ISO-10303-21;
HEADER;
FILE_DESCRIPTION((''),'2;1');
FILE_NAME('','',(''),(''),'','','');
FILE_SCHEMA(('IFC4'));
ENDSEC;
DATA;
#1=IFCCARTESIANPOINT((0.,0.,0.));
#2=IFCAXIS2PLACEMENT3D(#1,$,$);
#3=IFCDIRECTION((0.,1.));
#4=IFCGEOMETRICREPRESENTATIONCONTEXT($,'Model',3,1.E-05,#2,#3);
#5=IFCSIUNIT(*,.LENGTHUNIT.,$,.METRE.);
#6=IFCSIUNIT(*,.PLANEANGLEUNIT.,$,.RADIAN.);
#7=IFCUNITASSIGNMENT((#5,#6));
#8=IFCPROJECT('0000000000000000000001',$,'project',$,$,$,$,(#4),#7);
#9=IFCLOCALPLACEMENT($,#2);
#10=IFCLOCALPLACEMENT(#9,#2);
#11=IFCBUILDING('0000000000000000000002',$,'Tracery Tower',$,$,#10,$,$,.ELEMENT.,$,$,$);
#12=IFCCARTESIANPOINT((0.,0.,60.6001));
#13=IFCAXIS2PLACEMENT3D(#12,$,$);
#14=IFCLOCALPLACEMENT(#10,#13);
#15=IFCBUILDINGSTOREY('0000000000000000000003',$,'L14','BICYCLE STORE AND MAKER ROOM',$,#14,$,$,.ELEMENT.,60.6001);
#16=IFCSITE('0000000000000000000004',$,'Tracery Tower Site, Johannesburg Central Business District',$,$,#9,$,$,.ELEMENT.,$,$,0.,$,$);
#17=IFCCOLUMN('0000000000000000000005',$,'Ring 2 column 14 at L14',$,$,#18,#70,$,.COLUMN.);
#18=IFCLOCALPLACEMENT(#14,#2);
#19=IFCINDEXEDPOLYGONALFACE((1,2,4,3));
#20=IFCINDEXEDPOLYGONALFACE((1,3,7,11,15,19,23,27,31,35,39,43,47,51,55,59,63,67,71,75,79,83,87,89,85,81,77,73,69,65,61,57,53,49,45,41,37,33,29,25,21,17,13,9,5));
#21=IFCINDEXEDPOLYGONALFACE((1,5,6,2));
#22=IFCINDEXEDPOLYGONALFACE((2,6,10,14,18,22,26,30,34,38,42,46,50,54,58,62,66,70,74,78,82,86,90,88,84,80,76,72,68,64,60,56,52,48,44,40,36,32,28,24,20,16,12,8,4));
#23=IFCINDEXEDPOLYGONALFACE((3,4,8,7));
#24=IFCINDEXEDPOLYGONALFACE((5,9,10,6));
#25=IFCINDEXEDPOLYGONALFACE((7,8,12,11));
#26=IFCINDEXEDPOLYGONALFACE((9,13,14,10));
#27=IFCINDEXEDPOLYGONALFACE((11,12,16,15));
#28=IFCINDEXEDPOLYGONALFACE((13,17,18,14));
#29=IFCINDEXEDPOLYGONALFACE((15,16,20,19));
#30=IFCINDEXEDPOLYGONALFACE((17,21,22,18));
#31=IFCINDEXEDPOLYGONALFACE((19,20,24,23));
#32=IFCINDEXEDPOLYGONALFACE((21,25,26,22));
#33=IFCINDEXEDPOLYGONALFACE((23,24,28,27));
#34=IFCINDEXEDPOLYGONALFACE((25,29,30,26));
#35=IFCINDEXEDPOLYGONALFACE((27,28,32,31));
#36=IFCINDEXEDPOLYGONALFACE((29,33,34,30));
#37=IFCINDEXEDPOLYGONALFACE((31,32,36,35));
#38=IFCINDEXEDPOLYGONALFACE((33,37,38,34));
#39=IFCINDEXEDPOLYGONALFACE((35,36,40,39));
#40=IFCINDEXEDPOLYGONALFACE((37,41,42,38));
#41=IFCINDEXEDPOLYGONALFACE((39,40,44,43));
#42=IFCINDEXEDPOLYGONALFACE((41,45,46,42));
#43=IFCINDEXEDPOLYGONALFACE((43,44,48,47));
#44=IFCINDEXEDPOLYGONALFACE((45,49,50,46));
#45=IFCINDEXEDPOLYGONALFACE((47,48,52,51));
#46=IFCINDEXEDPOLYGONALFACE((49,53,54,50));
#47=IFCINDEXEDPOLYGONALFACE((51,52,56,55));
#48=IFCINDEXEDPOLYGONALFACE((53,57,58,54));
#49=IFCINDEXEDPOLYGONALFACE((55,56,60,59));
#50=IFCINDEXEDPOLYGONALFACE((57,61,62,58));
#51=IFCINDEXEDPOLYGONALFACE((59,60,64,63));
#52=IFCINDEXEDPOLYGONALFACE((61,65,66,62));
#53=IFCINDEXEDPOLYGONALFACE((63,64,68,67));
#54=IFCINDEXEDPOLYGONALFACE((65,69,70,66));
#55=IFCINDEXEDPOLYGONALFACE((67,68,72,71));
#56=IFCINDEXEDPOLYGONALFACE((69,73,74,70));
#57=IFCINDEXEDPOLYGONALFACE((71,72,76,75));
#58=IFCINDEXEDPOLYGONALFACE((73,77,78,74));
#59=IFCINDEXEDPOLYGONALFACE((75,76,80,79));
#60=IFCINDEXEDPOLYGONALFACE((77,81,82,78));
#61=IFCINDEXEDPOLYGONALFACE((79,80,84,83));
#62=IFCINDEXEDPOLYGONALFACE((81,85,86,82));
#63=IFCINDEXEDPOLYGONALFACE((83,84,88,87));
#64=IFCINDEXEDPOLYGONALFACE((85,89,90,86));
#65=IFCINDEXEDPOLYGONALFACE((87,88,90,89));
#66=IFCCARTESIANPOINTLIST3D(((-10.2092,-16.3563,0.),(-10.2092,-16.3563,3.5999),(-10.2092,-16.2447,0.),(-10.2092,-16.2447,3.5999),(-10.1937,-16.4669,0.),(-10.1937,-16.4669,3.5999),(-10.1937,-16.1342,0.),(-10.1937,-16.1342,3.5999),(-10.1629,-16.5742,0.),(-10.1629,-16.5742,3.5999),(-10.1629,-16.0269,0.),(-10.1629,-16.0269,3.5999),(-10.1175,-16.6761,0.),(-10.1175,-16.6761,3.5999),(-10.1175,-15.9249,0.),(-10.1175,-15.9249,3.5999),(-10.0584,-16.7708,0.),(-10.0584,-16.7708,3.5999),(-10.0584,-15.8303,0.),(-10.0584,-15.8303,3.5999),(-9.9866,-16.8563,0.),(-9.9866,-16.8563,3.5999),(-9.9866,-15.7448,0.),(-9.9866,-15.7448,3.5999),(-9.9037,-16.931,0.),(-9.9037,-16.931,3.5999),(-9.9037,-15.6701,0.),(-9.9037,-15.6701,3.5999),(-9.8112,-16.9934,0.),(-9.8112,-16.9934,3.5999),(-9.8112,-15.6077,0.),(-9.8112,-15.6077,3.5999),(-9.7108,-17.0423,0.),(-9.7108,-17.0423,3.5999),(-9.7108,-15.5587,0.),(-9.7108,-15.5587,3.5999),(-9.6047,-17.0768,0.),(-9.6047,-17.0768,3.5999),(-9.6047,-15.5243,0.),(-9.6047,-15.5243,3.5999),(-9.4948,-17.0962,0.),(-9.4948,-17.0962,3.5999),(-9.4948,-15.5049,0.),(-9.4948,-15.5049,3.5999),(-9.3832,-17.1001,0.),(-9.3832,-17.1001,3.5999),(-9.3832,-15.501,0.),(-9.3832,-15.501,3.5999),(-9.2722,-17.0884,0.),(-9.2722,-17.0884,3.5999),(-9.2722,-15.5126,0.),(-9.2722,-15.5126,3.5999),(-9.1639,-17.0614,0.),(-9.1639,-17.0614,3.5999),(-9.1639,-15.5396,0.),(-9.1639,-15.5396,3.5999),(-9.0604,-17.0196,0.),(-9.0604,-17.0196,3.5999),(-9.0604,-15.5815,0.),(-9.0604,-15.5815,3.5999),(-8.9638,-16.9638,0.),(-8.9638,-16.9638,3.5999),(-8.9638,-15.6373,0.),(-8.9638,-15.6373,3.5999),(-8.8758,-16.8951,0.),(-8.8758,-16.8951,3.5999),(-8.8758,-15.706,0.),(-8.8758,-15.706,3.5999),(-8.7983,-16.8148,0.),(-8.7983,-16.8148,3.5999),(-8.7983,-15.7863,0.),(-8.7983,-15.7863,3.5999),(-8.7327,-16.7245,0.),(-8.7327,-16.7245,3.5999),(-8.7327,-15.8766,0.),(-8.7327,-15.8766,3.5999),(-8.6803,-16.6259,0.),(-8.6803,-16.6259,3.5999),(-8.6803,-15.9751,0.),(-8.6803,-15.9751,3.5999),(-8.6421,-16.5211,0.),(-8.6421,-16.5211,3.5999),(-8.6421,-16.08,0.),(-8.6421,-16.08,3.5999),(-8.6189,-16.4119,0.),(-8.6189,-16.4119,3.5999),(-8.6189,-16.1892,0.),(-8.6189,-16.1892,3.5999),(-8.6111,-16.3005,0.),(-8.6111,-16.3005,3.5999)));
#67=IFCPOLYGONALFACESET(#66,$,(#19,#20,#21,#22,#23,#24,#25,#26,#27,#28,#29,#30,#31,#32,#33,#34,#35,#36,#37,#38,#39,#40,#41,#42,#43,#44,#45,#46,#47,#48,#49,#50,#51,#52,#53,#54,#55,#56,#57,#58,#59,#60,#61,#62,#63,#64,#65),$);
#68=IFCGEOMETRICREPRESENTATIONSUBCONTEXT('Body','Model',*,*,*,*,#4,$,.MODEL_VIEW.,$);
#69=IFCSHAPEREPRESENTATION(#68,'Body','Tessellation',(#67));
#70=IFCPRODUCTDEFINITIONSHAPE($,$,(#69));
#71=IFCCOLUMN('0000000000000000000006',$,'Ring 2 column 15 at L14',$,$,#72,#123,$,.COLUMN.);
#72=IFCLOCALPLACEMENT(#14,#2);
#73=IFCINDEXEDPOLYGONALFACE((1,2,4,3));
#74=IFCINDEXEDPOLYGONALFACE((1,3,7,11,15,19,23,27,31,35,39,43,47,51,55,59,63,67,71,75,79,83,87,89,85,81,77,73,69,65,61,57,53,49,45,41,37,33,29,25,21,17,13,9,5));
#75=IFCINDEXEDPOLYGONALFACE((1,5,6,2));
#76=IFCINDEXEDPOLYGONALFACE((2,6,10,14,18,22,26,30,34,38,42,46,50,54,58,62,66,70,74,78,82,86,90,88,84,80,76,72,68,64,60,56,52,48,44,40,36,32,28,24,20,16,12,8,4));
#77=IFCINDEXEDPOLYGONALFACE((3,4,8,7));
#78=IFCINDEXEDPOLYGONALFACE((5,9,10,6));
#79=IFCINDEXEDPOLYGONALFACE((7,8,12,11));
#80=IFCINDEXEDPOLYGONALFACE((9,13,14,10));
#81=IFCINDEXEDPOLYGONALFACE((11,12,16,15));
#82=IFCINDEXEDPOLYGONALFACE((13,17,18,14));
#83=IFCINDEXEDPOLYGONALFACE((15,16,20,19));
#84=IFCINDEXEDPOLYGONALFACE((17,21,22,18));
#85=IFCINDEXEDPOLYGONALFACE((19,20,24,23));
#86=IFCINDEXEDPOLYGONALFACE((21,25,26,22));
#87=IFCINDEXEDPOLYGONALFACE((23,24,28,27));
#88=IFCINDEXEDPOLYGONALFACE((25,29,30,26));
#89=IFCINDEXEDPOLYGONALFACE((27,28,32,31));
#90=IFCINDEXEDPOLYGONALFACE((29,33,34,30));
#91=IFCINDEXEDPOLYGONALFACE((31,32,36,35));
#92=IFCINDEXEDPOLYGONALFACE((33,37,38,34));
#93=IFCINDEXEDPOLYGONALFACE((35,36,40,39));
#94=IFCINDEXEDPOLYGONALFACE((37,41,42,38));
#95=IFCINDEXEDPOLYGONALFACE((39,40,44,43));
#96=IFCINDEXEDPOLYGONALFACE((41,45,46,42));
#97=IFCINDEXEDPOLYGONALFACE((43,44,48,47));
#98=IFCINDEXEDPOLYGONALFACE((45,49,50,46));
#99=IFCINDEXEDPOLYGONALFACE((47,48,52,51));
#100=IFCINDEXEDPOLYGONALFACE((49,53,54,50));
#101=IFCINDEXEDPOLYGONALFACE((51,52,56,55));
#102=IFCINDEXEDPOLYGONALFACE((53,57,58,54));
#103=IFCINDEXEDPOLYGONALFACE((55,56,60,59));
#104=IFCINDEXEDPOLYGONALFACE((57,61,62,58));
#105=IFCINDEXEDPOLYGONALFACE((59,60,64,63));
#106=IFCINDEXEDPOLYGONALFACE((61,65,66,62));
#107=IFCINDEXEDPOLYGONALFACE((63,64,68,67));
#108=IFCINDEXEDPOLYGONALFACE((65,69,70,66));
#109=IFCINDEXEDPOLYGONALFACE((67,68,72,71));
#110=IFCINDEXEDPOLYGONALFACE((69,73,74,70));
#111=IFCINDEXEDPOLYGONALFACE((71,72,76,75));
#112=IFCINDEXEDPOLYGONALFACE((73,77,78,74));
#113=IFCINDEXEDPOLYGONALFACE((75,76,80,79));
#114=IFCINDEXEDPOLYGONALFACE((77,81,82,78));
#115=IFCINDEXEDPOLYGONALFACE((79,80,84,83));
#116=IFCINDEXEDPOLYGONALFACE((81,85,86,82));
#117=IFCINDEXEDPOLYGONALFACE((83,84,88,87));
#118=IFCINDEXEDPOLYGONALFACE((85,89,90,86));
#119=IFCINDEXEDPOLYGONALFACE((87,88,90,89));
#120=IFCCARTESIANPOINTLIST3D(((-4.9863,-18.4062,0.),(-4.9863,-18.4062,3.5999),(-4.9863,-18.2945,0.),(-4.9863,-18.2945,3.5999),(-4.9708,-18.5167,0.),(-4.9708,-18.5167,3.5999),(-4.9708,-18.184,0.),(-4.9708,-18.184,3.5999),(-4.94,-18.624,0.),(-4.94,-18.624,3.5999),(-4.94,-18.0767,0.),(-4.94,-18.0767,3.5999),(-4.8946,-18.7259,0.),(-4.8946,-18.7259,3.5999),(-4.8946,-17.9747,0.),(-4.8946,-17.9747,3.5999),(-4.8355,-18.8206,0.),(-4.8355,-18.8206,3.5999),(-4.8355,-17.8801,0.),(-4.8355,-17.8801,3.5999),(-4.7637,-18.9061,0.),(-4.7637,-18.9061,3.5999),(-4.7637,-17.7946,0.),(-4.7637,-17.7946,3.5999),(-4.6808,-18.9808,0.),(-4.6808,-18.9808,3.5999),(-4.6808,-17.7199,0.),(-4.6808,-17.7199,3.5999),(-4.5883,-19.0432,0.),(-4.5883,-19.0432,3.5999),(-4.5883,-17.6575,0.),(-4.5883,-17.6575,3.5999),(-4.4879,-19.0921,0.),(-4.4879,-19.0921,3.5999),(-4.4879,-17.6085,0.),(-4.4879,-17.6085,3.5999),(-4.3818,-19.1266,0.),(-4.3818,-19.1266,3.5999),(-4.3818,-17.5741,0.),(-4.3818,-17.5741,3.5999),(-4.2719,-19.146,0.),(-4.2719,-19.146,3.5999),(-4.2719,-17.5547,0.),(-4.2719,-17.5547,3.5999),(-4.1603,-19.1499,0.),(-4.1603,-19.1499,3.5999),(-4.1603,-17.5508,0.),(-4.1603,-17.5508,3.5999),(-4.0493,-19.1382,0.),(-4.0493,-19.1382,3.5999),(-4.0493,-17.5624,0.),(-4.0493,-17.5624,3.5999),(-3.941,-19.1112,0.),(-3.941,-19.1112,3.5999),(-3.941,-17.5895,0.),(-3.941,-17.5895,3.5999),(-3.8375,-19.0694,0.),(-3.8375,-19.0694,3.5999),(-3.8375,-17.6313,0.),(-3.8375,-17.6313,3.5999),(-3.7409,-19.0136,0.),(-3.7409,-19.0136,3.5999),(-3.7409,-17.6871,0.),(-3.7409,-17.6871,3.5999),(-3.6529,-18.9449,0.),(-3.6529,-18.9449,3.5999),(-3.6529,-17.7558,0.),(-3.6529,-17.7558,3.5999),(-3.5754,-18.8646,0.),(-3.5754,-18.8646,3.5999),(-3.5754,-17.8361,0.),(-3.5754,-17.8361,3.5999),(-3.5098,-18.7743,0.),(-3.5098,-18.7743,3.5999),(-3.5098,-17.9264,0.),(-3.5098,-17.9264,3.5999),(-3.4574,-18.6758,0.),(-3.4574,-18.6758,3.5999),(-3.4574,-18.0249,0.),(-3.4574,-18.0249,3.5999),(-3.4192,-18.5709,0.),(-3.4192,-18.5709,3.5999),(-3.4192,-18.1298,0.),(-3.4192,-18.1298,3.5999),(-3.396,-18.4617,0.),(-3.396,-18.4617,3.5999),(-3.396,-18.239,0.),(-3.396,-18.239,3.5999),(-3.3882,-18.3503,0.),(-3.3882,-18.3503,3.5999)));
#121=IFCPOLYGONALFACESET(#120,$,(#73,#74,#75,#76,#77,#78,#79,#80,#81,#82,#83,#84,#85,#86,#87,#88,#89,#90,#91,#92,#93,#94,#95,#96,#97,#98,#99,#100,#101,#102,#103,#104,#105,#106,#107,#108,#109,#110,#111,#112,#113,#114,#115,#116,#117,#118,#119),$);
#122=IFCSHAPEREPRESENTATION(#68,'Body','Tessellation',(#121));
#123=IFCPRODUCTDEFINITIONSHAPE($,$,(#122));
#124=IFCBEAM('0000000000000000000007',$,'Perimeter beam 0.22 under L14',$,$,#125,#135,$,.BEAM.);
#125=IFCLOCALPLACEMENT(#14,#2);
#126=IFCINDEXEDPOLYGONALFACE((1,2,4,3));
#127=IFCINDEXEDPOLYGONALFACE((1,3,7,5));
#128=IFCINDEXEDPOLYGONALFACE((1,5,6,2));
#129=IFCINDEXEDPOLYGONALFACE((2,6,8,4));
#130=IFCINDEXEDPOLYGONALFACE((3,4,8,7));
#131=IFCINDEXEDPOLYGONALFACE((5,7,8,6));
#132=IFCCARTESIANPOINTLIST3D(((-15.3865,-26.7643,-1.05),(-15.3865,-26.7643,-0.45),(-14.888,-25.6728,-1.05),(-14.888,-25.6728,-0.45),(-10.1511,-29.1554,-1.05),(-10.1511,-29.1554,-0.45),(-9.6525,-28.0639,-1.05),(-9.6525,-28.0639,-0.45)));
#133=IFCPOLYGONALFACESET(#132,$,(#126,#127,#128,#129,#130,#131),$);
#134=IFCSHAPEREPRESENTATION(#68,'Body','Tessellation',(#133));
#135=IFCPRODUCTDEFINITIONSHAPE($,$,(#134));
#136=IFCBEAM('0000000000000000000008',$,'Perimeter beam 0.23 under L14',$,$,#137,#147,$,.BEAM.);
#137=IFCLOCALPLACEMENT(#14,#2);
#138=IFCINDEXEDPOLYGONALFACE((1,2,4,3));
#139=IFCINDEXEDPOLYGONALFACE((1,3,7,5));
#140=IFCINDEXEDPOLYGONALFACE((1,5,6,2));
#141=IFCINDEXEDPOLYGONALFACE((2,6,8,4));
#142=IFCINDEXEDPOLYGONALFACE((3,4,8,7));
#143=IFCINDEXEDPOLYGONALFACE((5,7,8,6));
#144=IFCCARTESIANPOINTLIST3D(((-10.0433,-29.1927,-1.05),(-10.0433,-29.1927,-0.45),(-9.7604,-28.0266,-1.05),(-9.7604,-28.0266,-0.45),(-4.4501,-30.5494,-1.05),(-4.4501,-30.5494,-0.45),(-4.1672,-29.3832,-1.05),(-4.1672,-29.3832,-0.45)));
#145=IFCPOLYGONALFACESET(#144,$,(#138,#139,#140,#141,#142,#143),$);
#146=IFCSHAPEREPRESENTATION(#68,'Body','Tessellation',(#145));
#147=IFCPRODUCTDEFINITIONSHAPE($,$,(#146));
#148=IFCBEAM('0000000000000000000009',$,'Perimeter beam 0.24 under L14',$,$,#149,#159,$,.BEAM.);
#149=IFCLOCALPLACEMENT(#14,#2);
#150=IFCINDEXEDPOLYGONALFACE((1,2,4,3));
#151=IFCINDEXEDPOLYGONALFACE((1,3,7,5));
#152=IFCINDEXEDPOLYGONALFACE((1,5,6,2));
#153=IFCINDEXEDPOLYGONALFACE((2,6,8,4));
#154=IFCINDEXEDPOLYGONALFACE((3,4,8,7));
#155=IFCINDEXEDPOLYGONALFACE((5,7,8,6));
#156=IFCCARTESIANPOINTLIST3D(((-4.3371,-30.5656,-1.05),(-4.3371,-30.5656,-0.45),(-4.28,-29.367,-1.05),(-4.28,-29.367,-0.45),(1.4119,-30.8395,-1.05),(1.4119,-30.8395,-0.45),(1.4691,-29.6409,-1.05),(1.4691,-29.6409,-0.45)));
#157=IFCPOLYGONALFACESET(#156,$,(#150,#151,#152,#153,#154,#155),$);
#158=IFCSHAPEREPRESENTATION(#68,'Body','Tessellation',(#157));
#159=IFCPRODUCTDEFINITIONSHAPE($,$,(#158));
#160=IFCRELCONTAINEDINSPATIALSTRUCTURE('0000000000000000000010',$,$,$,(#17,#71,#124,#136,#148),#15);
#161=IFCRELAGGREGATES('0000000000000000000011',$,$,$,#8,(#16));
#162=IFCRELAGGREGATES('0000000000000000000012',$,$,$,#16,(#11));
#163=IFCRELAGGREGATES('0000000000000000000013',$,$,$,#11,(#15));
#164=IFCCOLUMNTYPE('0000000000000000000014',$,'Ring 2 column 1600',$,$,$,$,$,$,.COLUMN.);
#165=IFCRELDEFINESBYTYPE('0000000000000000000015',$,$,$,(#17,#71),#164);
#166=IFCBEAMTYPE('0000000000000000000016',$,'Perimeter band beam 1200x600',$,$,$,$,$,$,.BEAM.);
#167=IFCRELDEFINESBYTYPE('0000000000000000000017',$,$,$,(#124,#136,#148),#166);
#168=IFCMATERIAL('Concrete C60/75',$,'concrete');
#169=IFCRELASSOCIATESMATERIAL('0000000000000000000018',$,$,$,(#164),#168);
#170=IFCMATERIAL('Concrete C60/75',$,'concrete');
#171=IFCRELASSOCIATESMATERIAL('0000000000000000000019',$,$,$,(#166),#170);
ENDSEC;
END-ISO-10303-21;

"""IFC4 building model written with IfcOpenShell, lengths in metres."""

from ifc_helpers import new_model, si_unit, direction, frame, origin, origin_2d, place, context, subcontext, project, spatial, rectangle, circle, extrude, material, material_profile, profile_set, type_object, element, save


model = new_model("IFC4")

# Units and contexts
model_context = context("Model", 3, precision=1e-05, world=origin(), true_north=direction((0.0, 1.0)))
body_context = subcontext(model_context, "Body", "Model", "MODEL_VIEW")
ifc_project = project(units=[si_unit("LENGTHUNIT", "METRE"), si_unit("PLANEANGLEUNIT", "RADIAN")], contexts=[model_context])

# Site, building, storey
site_placement = place(None, origin())
site = spatial("IfcSite", under=ifc_project, at=site_placement, Name="Tracery Tower Site, Johannesburg Central Business District", CompositionType="ELEMENT", RefElevation=0.0)
building_placement = place(site_placement, origin())
building = spatial("IfcBuilding", under=site, at=building_placement, Name="Tracery Tower", CompositionType="ELEMENT")
storey_placement = place(building_placement, frame((0.0, 0.0, 60.6001)))
storey = spatial("IfcBuildingStorey", under=building, at=storey_placement, Name="L14", Description="BICYCLE STORE AND MAKER ROOM", CompositionType="ELEMENT", Elevation=60.6001)

# Columns
ifc_material_1 = material(Name="Concrete C60/75", Category="concrete")
ifc_material_profile_1 = material_profile(ifc_material_1, circle(Radius=0.8, at=origin_2d()), Name="RC D1600")
ifc_profile_set_1 = profile_set([ifc_material_profile_1], Name="Concrete C60/75")
column_type_1 = type_object("IfcColumnType", Name="Ring 2 column 1600", PredefinedType="COLUMN", material=ifc_profile_set_1)
for number, where, z_axis, x_axis, name in (
    (1, (-9.4111, -16.3005, 0.0), (0.0, 0.0, 1.0), (1.0, 0.0, 0.0), "Ring 2 column 14 at L14"),
    (2, (-4.1882, -18.3503, 0.0), (0.0, 0.0, 1.0), (1.0, 0.0, 0.0), "Ring 2 column 15 at L14"),
):
    element("IfcColumn", number, at=place(storey_placement, frame(where, z_axis=z_axis, x_axis=x_axis)), inside=storey, type_object=column_type_1, Name=name, PredefinedType="COLUMN", context=body_context, shape_type="SweptSolid", body=[
        extrude(circle(Radius=0.8, at=origin_2d()), origin(), (0.0, 0.0, 1.0), 3.5999),
    ])

# Beams
ifc_material_2 = material(Name="Concrete C60/75", Category="concrete")
ifc_material_profile_2 = material_profile(ifc_material_2, rectangle(XDim=1.2, YDim=0.6001, at=origin_2d()), Name="RC 1200x600")
ifc_profile_set_2 = profile_set([ifc_material_profile_2], Name="Concrete C60/75")
beam_type = type_object("IfcBeamType", Name="Perimeter band beam 1200x600", PredefinedType="BEAM", material=ifc_profile_set_2)
beam_1_placement = place(storey_placement, frame((-15.1372, -26.2185, -0.75), z_axis=(0.909618, -0.415445, 0.0), x_axis=(0.415445, 0.909618, 0.0)))
element("IfcBeam", 3, at=beam_1_placement, inside=storey, type_object=beam_type, Name="Perimeter beam 0.22 under L14", PredefinedType="BEAM", context=body_context, shape_type="SweptSolid", body=[
    extrude(rectangle(XDim=1.2, YDim=0.6001, at=origin_2d()), origin(), (0.0, 0.0, 1.0), 5.7556),
])
beam_2_placement = place(storey_placement, frame((-9.9019, -28.6096, -0.75), z_axis=(0.97182, -0.235723, 0.0), x_axis=(0.235723, 0.97182, 0.0)))
element("IfcBeam", 4, at=beam_2_placement, inside=storey, type_object=beam_type, Name="Perimeter beam 0.23 under L14", PredefinedType="BEAM", context=body_context, shape_type="SweptSolid", body=[
    extrude(rectangle(XDim=1.2, YDim=0.6001, at=origin_2d()), origin(), (0.0, 0.0, 1.0), 5.7554),
])
beam_3_placement = place(storey_placement, frame((-4.3086, -29.9663, -0.75), z_axis=(0.998867, -0.047593, 0.0), x_axis=(0.047593, 0.998867, 0.0)))
element("IfcBeam", 5, at=beam_3_placement, inside=storey, type_object=beam_type, Name="Perimeter beam 0.24 under L14", PredefinedType="BEAM", context=body_context, shape_type="SweptSolid", body=[
    extrude(rectangle(XDim=1.2, YDim=0.6001, at=origin_2d()), origin(), (0.0, 0.0, 1.0), 5.7556),
])

save(model, "model.ifc")
